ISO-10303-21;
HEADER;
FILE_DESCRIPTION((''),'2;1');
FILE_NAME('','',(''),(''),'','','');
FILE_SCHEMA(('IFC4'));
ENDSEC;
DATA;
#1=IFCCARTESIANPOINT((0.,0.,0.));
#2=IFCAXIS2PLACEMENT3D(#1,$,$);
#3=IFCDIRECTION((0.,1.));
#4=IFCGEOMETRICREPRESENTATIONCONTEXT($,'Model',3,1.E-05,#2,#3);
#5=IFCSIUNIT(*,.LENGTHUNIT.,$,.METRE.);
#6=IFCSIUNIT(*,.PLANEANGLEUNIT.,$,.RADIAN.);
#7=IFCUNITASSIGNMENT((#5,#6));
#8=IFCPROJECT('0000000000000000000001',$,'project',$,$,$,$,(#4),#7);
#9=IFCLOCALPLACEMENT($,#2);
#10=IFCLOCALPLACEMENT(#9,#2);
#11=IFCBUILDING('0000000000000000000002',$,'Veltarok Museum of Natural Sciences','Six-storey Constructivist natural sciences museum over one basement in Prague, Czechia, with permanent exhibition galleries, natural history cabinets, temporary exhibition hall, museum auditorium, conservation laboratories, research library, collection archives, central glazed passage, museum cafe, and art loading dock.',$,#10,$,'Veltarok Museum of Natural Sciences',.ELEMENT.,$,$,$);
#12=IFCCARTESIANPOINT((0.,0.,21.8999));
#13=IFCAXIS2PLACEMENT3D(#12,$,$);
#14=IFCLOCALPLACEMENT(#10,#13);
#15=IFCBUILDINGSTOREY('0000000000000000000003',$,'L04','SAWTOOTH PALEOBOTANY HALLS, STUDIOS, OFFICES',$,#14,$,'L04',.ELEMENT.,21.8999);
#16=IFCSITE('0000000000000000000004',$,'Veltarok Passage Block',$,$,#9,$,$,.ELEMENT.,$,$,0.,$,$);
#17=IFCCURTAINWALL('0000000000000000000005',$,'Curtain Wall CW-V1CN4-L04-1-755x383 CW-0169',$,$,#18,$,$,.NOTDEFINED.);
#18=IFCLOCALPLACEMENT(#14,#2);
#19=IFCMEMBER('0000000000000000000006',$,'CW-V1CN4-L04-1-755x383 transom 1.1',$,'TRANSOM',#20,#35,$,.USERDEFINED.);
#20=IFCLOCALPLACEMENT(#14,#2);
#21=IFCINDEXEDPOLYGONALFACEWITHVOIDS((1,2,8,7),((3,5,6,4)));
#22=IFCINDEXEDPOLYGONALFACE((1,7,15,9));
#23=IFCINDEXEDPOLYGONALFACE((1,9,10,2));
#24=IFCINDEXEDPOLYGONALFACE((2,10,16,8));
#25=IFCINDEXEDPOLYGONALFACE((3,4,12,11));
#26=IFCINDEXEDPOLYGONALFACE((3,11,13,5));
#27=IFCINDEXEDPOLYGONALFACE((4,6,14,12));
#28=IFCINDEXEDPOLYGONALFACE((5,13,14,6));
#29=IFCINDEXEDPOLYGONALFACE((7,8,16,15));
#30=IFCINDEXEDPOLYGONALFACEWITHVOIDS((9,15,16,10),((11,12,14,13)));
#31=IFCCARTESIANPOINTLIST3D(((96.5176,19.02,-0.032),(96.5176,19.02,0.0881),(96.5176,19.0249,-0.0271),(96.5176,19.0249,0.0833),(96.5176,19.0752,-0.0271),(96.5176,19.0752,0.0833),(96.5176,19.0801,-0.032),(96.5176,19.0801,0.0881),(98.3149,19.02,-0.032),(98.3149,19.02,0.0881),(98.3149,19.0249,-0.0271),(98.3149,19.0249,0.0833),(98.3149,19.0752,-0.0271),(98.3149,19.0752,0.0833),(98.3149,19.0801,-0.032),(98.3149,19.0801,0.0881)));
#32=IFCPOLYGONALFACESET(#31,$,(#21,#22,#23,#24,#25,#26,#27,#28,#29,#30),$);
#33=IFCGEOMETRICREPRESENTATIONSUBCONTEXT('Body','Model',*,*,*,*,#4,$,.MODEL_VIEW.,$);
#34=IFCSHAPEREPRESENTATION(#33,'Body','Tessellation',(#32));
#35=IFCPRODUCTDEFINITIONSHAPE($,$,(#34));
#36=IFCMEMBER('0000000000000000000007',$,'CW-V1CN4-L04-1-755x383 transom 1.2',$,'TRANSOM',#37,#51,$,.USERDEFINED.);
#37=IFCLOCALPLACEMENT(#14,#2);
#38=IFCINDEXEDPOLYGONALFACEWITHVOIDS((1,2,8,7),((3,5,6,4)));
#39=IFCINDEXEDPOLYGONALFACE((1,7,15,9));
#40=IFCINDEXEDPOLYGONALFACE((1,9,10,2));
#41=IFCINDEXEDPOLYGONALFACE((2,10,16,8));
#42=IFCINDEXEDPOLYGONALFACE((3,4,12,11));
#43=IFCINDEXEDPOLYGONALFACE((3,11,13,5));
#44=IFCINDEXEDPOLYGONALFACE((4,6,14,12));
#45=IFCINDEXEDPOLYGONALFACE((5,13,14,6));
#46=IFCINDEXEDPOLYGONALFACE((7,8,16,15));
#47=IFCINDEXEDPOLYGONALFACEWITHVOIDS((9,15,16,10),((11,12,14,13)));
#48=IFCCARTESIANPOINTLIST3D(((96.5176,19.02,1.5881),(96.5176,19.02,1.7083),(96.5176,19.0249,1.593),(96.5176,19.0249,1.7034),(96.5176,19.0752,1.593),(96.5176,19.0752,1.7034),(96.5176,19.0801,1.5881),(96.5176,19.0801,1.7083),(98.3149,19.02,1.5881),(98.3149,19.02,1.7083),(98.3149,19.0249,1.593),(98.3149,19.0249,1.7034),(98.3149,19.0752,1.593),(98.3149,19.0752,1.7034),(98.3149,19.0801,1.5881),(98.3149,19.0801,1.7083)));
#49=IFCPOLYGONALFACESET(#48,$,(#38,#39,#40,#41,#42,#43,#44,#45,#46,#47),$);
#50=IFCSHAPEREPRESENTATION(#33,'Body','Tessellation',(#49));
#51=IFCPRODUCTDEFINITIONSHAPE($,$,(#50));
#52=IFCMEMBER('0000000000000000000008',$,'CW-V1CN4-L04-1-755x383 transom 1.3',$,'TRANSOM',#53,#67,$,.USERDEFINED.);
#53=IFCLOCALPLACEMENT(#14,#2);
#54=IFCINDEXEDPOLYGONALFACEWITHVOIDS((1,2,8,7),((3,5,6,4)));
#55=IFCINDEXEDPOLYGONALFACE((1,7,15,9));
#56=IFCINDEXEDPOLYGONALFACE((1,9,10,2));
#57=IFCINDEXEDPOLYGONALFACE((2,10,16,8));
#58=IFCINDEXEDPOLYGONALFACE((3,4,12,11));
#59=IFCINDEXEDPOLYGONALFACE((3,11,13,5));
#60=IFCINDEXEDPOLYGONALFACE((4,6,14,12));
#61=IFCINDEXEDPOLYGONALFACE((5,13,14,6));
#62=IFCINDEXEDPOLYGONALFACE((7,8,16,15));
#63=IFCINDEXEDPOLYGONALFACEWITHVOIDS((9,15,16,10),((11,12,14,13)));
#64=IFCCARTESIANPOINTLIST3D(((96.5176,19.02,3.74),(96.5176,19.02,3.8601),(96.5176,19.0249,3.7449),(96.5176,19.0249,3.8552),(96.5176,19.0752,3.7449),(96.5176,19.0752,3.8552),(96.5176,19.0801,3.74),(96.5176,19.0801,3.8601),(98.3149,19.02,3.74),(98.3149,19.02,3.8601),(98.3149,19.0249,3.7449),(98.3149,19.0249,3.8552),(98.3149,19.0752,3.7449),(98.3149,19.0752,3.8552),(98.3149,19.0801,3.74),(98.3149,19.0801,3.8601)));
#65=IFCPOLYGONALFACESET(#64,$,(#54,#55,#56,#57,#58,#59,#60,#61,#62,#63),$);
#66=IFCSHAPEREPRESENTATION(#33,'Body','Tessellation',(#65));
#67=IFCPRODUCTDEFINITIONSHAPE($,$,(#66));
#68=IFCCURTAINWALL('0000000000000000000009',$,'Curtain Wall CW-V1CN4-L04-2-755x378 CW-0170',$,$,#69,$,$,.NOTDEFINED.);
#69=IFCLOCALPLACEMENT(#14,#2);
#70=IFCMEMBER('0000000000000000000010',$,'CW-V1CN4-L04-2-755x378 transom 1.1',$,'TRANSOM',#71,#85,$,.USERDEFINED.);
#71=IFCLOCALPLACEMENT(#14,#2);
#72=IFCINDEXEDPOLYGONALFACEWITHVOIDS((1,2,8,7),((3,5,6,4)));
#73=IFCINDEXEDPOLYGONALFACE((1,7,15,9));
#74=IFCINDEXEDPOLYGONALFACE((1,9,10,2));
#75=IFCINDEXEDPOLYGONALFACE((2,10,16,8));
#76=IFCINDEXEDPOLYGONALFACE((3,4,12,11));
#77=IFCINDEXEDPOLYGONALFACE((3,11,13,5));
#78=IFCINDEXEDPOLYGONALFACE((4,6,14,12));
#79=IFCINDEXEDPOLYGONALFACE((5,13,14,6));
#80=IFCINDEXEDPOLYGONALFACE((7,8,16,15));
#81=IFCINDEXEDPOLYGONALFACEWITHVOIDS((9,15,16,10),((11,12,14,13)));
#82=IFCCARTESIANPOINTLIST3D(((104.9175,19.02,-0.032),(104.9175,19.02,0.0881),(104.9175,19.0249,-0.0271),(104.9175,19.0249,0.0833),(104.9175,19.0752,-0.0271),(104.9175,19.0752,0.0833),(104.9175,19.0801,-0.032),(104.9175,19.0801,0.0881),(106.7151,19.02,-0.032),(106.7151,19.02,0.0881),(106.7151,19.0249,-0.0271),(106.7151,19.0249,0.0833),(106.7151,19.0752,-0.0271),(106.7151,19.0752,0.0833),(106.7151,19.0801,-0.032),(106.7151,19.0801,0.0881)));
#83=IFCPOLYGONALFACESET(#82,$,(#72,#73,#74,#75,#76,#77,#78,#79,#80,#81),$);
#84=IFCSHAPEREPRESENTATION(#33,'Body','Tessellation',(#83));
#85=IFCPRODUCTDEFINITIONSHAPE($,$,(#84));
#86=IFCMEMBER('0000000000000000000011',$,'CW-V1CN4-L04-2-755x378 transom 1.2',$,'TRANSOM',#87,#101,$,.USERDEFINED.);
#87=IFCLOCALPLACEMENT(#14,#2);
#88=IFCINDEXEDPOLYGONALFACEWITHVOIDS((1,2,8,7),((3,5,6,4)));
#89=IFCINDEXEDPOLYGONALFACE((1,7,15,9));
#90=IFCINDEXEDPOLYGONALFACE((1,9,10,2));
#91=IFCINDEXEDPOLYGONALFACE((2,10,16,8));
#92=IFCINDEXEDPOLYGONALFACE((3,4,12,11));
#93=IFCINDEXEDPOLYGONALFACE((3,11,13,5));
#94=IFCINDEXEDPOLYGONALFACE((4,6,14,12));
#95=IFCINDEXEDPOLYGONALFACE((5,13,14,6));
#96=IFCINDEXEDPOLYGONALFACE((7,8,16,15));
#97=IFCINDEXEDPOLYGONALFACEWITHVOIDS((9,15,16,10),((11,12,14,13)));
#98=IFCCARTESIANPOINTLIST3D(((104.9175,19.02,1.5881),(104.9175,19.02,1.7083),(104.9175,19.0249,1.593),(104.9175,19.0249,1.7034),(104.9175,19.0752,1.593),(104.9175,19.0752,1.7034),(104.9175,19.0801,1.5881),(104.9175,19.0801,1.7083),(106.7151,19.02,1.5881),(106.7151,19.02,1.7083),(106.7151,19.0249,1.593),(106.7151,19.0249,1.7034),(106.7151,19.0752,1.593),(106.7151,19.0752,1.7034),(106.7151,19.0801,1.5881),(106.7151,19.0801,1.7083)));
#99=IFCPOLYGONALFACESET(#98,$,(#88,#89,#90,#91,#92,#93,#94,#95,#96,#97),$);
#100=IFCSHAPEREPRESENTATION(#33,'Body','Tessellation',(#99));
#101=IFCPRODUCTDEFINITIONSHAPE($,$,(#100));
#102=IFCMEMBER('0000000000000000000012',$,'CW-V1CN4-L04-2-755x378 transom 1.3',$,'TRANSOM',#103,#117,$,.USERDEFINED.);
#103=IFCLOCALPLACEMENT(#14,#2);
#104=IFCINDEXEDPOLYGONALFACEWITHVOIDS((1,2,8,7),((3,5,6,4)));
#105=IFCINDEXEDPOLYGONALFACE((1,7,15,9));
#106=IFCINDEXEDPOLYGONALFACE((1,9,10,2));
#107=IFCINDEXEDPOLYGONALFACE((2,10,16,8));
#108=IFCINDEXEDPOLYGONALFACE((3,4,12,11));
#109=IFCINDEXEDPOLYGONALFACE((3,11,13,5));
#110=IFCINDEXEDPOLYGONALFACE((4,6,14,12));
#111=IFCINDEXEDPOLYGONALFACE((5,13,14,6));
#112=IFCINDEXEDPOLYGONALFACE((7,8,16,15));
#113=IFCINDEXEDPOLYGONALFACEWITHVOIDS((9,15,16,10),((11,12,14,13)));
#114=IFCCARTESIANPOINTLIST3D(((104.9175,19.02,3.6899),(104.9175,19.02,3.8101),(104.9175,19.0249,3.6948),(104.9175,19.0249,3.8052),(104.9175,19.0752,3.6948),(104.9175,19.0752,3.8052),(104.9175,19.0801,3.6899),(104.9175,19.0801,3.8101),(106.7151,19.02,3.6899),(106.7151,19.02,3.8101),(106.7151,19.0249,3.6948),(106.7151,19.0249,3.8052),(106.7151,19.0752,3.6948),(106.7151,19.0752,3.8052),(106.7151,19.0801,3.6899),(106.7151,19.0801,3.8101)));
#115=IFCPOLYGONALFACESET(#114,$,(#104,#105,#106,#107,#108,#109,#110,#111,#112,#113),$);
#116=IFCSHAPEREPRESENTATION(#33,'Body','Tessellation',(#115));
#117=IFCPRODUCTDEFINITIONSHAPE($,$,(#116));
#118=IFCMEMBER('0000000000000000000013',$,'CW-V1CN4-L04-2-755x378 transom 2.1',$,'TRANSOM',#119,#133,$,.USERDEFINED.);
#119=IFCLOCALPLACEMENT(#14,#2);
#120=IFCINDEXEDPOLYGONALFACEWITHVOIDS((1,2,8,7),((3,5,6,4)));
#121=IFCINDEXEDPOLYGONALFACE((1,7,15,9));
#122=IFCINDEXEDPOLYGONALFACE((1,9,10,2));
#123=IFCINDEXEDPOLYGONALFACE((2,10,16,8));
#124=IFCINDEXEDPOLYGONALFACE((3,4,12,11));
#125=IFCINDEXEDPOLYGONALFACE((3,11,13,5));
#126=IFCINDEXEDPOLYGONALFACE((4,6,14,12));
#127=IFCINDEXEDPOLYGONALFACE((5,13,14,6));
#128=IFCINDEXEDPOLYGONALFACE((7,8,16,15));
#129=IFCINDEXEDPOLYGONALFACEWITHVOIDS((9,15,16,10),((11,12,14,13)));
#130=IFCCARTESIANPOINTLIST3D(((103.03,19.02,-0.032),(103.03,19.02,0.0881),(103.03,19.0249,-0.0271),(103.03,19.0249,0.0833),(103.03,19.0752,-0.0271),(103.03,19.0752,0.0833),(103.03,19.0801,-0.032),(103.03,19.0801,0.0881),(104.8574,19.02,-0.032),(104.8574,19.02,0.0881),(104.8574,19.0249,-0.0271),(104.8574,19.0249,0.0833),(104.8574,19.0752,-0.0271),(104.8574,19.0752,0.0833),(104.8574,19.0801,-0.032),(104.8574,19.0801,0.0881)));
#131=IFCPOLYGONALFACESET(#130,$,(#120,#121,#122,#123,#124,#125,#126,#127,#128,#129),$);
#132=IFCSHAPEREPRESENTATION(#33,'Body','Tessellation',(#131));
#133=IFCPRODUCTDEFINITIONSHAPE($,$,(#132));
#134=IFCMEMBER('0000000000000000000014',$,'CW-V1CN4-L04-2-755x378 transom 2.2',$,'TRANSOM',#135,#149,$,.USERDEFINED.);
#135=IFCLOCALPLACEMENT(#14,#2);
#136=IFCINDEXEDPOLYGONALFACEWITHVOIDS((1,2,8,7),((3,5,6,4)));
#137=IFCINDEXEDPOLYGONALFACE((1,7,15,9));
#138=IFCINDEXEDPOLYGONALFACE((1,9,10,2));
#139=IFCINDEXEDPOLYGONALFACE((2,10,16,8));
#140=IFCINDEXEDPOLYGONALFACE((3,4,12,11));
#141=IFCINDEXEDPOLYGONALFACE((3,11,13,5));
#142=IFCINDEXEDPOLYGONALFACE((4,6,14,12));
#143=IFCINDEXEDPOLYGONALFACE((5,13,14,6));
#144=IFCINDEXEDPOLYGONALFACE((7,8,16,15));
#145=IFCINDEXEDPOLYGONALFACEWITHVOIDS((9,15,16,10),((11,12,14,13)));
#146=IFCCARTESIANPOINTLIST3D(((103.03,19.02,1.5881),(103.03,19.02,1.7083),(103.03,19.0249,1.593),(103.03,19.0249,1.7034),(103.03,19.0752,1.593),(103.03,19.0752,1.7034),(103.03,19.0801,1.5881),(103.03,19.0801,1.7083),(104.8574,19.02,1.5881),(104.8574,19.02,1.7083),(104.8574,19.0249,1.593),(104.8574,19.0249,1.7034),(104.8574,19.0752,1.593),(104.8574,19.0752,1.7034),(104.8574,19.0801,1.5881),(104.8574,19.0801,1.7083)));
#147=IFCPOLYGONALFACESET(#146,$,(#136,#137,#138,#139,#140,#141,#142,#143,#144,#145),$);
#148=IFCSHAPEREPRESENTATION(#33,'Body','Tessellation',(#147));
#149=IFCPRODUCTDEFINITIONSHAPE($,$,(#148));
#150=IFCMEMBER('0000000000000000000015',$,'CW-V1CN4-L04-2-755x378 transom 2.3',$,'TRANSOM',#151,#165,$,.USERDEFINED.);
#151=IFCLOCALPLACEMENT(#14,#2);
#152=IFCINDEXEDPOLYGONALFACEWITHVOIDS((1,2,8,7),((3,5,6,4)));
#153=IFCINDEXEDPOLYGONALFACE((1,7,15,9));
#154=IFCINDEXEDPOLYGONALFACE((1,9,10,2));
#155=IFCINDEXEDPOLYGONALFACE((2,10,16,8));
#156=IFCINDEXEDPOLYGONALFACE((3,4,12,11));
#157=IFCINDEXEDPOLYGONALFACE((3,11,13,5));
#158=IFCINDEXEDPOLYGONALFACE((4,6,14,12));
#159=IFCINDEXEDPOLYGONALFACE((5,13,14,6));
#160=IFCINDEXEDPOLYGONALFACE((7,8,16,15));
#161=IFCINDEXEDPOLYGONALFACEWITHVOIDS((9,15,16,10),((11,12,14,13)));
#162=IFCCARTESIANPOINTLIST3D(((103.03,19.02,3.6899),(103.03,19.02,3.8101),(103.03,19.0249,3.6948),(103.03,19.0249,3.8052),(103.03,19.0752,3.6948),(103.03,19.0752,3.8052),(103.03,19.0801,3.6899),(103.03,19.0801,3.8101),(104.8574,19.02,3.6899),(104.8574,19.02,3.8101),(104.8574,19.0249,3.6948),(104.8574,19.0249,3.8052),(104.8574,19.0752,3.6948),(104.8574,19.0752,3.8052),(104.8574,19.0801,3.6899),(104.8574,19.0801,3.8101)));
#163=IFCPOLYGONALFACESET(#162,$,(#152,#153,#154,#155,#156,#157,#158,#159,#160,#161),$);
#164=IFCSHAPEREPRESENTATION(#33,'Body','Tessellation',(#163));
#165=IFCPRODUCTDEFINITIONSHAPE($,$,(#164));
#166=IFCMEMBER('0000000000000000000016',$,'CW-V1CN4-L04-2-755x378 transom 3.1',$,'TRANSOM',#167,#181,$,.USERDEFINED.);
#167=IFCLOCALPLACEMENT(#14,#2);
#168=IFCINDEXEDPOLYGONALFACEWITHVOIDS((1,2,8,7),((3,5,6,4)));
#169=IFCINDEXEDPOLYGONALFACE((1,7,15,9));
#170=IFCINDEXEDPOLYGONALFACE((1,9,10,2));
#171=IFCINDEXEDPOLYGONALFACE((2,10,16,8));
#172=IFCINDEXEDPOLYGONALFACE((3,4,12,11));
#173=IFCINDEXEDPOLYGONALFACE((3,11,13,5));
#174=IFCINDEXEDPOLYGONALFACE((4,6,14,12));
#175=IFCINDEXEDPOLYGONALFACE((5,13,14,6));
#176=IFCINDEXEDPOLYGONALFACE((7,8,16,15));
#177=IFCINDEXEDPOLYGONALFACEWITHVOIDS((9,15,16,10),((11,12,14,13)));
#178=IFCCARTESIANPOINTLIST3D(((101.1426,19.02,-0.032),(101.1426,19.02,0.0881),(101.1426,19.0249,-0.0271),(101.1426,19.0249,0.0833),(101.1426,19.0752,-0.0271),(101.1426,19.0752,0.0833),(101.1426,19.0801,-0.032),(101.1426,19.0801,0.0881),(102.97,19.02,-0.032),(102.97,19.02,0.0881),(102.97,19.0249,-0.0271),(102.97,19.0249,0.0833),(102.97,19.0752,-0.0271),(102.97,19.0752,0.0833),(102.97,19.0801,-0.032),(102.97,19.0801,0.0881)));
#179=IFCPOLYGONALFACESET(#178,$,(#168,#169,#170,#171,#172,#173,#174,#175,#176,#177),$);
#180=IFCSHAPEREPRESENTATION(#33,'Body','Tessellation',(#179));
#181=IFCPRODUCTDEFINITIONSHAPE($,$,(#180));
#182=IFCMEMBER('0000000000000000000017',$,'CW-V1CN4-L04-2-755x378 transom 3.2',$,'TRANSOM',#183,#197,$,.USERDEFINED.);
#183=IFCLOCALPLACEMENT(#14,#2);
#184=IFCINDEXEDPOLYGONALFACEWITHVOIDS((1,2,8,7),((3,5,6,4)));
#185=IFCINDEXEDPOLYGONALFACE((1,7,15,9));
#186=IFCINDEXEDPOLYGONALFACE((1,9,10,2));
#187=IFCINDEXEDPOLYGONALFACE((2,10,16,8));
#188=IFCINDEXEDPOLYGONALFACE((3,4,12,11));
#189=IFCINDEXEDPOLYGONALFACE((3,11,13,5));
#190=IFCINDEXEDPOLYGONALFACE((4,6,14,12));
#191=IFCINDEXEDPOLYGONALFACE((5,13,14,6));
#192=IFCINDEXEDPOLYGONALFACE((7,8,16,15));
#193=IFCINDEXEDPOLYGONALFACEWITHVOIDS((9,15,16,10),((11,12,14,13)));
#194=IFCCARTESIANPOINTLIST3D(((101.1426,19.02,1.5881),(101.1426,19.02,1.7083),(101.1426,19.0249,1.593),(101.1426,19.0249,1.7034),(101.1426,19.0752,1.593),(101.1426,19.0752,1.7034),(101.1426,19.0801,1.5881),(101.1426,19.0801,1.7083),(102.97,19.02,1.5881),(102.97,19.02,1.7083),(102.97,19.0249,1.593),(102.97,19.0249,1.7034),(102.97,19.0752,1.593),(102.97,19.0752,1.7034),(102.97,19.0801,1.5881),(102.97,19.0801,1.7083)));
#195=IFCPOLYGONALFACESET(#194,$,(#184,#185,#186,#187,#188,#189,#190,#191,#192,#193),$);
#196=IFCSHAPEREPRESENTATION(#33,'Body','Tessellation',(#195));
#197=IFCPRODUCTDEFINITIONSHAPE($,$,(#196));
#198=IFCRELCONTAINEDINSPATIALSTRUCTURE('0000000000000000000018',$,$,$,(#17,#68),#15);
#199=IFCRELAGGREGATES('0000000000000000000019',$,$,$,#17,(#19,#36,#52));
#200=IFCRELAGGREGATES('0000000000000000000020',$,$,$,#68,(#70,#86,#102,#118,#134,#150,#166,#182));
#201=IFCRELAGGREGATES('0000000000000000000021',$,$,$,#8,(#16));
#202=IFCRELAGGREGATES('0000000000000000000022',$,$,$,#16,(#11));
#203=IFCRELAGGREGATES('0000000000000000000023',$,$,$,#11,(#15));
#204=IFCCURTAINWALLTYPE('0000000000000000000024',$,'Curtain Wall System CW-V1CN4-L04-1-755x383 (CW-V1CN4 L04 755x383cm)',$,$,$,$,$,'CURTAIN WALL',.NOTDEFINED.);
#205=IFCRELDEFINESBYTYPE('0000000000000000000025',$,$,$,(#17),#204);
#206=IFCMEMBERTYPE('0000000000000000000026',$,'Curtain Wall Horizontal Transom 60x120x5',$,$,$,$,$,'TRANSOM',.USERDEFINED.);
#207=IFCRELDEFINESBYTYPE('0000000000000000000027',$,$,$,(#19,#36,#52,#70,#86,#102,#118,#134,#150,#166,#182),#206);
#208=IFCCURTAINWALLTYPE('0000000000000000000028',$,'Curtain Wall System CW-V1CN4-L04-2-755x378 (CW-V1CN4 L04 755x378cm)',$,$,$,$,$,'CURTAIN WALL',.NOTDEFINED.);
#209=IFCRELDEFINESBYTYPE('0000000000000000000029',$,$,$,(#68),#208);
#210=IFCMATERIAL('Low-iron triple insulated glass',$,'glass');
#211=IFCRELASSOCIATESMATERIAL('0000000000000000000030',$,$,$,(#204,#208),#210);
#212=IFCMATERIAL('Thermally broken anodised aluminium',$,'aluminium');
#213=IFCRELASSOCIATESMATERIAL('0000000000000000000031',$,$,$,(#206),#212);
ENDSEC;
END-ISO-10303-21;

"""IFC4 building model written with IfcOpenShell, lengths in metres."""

from ifc_helpers import new_model, si_unit, direction, frame, origin, origin_2d, place, context, subcontext, project, spatial, hollow_rectangle, extrude, material, material_profile, profile_set, type_object, element, aggregate, save


model = new_model("IFC4")

# Units and contexts
model_context = context("Model", 3, precision=1e-05, world=origin(), true_north=direction((0.0, 1.0)))
body_context = subcontext(model_context, "Body", "Model", "MODEL_VIEW")
ifc_project = project(units=[si_unit("LENGTHUNIT", "METRE"), si_unit("PLANEANGLEUNIT", "RADIAN")], contexts=[model_context])

# Site, building, storey
site_placement = place(None, origin())
site = spatial("IfcSite", under=ifc_project, at=site_placement, Name="Veltarok Passage Block", CompositionType="ELEMENT", RefElevation=0.0)
building_placement = place(site_placement, origin())
building = spatial("IfcBuilding", under=site, at=building_placement, Name="Veltarok Museum of Natural Sciences", Description="Six-storey Constructivist natural sciences museum over one basement in Prague, Czechia, with permanent exhibition galleries, natural history cabinets, temporary exhibition hall, museum auditorium, conservation laboratories, research library, collection archives, central glazed passage, museum cafe, and art loading dock.", LongName="Veltarok Museum of Natural Sciences", CompositionType="ELEMENT")
storey_placement = place(building_placement, frame((0.0, 0.0, 21.8999)))
storey = spatial("IfcBuildingStorey", under=building, at=storey_placement, Name="L04", Description="SAWTOOTH PALEOBOTANY HALLS, STUDIOS, OFFICES", LongName="L04", CompositionType="ELEMENT", Elevation=21.8999)

# Curtain walls, members
ifc_material_1 = material(Name="Low-iron triple insulated glass", Category="glass")
curtain_wall_type_1 = type_object("IfcCurtainWallType", Name="Curtain Wall System CW-V1CN4-L04-1-755x383 (CW-V1CN4 L04 755x383cm)", ElementType="CURTAIN WALL", PredefinedType="NOTDEFINED", material=ifc_material_1)
curtain_wall_1_placement = place(storey_placement, origin())
curtain_wall_1 = element("IfcCurtainWall", 1, at=curtain_wall_1_placement, inside=storey, type_object=curtain_wall_type_1, Name="Curtain Wall CW-V1CN4-L04-1-755x383 CW-0169", PredefinedType="NOTDEFINED")
ifc_material_2 = material(Name="Thermally broken anodised aluminium", Category="aluminium")
ifc_material_profile_1 = material_profile(ifc_material_2, hollow_rectangle(XDim=0.0601, YDim=0.1201, WallThickness=0.0049, at=origin_2d()), Name="CW TRANSOM 60x120x5")
ifc_profile_set_1 = profile_set([ifc_material_profile_1], Name="Thermally broken anodised aluminium")
member_type_1 = type_object("IfcMemberType", Name="Curtain Wall Horizontal Transom 60x120x5", ElementType="TRANSOM", PredefinedType="USERDEFINED", material=ifc_profile_set_1)
member_1_placement = place(storey_placement, frame((98.3149, 19.05, 0.0281), z_axis=(-1.0, 0.0, 0.0), x_axis=(0.0, -1.0, 0.0)))
member_1 = element("IfcMember", 2, at=member_1_placement, type_object=member_type_1, Name="CW-V1CN4-L04-1-755x383 transom 1.1", ObjectType="TRANSOM", PredefinedType="USERDEFINED", context=body_context, shape_type="SweptSolid", body=[
    extrude(hollow_rectangle(XDim=0.0601, YDim=0.1201, WallThickness=0.0049, at=origin_2d()), origin(), (0.0, 0.0, 1.0), 1.7974),
])
member_2_placement = place(storey_placement, frame((98.3149, 19.05, 1.6482), z_axis=(-1.0, 0.0, 0.0), x_axis=(0.0, -1.0, 0.0)))
member_2 = element("IfcMember", 3, at=member_2_placement, type_object=member_type_1, Name="CW-V1CN4-L04-1-755x383 transom 1.2", ObjectType="TRANSOM", PredefinedType="USERDEFINED", context=body_context, shape_type="SweptSolid", body=[
    extrude(hollow_rectangle(XDim=0.0601, YDim=0.1201, WallThickness=0.0049, at=origin_2d()), origin(), (0.0, 0.0, 1.0), 1.7974),
])
member_3_placement = place(storey_placement, frame((98.3149, 19.05, 3.8), z_axis=(-1.0, 0.0, 0.0), x_axis=(0.0, -1.0, 0.0)))
member_3 = element("IfcMember", 4, at=member_3_placement, type_object=member_type_1, Name="CW-V1CN4-L04-1-755x383 transom 1.3", ObjectType="TRANSOM", PredefinedType="USERDEFINED", context=body_context, shape_type="SweptSolid", body=[
    extrude(hollow_rectangle(XDim=0.0601, YDim=0.1201, WallThickness=0.0049, at=origin_2d()), origin(), (0.0, 0.0, 1.0), 1.7974),
])
curtain_wall_type_2 = type_object("IfcCurtainWallType", Name="Curtain Wall System CW-V1CN4-L04-2-755x378 (CW-V1CN4 L04 755x378cm)", ElementType="CURTAIN WALL", PredefinedType="NOTDEFINED", material=ifc_material_1)
curtain_wall_2_placement = place(storey_placement, origin())
curtain_wall_2 = element("IfcCurtainWall", 5, at=curtain_wall_2_placement, inside=storey, type_object=curtain_wall_type_2, Name="Curtain Wall CW-V1CN4-L04-2-755x378 CW-0170", PredefinedType="NOTDEFINED")
member_4_placement = place(storey_placement, frame((106.7151, 19.05, 0.0281), z_axis=(-1.0, 0.0, 0.0), x_axis=(0.0, -1.0, 0.0)))
member_4 = element("IfcMember", 6, at=member_4_placement, type_object=member_type_1, Name="CW-V1CN4-L04-2-755x378 transom 1.1", ObjectType="TRANSOM", PredefinedType="USERDEFINED", context=body_context, shape_type="SweptSolid", body=[
    extrude(hollow_rectangle(XDim=0.0601, YDim=0.1201, WallThickness=0.0049, at=origin_2d()), origin(), (0.0, 0.0, 1.0), 1.7976),
])
member_5_placement = place(storey_placement, frame((106.7151, 19.05, 1.6482), z_axis=(-1.0, 0.0, 0.0), x_axis=(0.0, -1.0, 0.0)))
member_5 = element("IfcMember", 7, at=member_5_placement, type_object=member_type_1, Name="CW-V1CN4-L04-2-755x378 transom 1.2", ObjectType="TRANSOM", PredefinedType="USERDEFINED", context=body_context, shape_type="SweptSolid", body=[
    extrude(hollow_rectangle(XDim=0.0601, YDim=0.1201, WallThickness=0.0049, at=origin_2d()), origin(), (0.0, 0.0, 1.0), 1.7976),
])
member_6_placement = place(storey_placement, frame((106.7151, 19.05, 3.75), z_axis=(-1.0, 0.0, 0.0), x_axis=(0.0, -1.0, 0.0)))
member_6 = element("IfcMember", 8, at=member_6_placement, type_object=member_type_1, Name="CW-V1CN4-L04-2-755x378 transom 1.3", ObjectType="TRANSOM", PredefinedType="USERDEFINED", context=body_context, shape_type="SweptSolid", body=[
    extrude(hollow_rectangle(XDim=0.0601, YDim=0.1201, WallThickness=0.0049, at=origin_2d()), origin(), (0.0, 0.0, 1.0), 1.7976),
])
member_7_placement = place(storey_placement, frame((104.8574, 19.05, 0.0281), z_axis=(-1.0, 0.0, 0.0), x_axis=(0.0, -1.0, 0.0)))
member_7 = element("IfcMember", 9, at=member_7_placement, type_object=member_type_1, Name="CW-V1CN4-L04-2-755x378 transom 2.1", ObjectType="TRANSOM", PredefinedType="USERDEFINED", context=body_context, shape_type="SweptSolid", body=[
    extrude(hollow_rectangle(XDim=0.0601, YDim=0.1201, WallThickness=0.0049, at=origin_2d()), origin(), (0.0, 0.0, 1.0), 1.8274),
])
member_8_placement = place(storey_placement, frame((104.8574, 19.05, 1.6482), z_axis=(-1.0, 0.0, 0.0), x_axis=(0.0, -1.0, 0.0)))
member_8 = element("IfcMember", 10, at=member_8_placement, type_object=member_type_1, Name="CW-V1CN4-L04-2-755x378 transom 2.2", ObjectType="TRANSOM", PredefinedType="USERDEFINED", context=body_context, shape_type="SweptSolid", body=[
    extrude(hollow_rectangle(XDim=0.0601, YDim=0.1201, WallThickness=0.0049, at=origin_2d()), origin(), (0.0, 0.0, 1.0), 1.8274),
])
member_9_placement = place(storey_placement, frame((104.8574, 19.05, 3.75), z_axis=(-1.0, 0.0, 0.0), x_axis=(0.0, -1.0, 0.0)))
member_9 = element("IfcMember", 11, at=member_9_placement, type_object=member_type_1, Name="CW-V1CN4-L04-2-755x378 transom 2.3", ObjectType="TRANSOM", PredefinedType="USERDEFINED", context=body_context, shape_type="SweptSolid", body=[
    extrude(hollow_rectangle(XDim=0.0601, YDim=0.1201, WallThickness=0.0049, at=origin_2d()), origin(), (0.0, 0.0, 1.0), 1.8274),
])
member_10_placement = place(storey_placement, frame((102.97, 19.05, 0.0281), z_axis=(-1.0, 0.0, 0.0), x_axis=(0.0, -1.0, 0.0)))
member_10 = element("IfcMember", 12, at=member_10_placement, type_object=member_type_1, Name="CW-V1CN4-L04-2-755x378 transom 3.1", ObjectType="TRANSOM", PredefinedType="USERDEFINED", context=body_context, shape_type="SweptSolid", body=[
    extrude(hollow_rectangle(XDim=0.0601, YDim=0.1201, WallThickness=0.0049, at=origin_2d()), origin(), (0.0, 0.0, 1.0), 1.8274),
])
member_11_placement = place(storey_placement, frame((102.97, 19.05, 1.6482), z_axis=(-1.0, 0.0, 0.0), x_axis=(0.0, -1.0, 0.0)))
member_11 = element("IfcMember", 13, at=member_11_placement, type_object=member_type_1, Name="CW-V1CN4-L04-2-755x378 transom 3.2", ObjectType="TRANSOM", PredefinedType="USERDEFINED", context=body_context, shape_type="SweptSolid", body=[
    extrude(hollow_rectangle(XDim=0.0601, YDim=0.1201, WallThickness=0.0049, at=origin_2d()), origin(), (0.0, 0.0, 1.0), 1.8274),
])

aggregate(curtain_wall_1, [member_1, member_2, member_3])

aggregate(curtain_wall_2, [member_4, member_5, member_6, member_7, member_8, member_9, member_10, member_11])

save(model, "model.ifc")
